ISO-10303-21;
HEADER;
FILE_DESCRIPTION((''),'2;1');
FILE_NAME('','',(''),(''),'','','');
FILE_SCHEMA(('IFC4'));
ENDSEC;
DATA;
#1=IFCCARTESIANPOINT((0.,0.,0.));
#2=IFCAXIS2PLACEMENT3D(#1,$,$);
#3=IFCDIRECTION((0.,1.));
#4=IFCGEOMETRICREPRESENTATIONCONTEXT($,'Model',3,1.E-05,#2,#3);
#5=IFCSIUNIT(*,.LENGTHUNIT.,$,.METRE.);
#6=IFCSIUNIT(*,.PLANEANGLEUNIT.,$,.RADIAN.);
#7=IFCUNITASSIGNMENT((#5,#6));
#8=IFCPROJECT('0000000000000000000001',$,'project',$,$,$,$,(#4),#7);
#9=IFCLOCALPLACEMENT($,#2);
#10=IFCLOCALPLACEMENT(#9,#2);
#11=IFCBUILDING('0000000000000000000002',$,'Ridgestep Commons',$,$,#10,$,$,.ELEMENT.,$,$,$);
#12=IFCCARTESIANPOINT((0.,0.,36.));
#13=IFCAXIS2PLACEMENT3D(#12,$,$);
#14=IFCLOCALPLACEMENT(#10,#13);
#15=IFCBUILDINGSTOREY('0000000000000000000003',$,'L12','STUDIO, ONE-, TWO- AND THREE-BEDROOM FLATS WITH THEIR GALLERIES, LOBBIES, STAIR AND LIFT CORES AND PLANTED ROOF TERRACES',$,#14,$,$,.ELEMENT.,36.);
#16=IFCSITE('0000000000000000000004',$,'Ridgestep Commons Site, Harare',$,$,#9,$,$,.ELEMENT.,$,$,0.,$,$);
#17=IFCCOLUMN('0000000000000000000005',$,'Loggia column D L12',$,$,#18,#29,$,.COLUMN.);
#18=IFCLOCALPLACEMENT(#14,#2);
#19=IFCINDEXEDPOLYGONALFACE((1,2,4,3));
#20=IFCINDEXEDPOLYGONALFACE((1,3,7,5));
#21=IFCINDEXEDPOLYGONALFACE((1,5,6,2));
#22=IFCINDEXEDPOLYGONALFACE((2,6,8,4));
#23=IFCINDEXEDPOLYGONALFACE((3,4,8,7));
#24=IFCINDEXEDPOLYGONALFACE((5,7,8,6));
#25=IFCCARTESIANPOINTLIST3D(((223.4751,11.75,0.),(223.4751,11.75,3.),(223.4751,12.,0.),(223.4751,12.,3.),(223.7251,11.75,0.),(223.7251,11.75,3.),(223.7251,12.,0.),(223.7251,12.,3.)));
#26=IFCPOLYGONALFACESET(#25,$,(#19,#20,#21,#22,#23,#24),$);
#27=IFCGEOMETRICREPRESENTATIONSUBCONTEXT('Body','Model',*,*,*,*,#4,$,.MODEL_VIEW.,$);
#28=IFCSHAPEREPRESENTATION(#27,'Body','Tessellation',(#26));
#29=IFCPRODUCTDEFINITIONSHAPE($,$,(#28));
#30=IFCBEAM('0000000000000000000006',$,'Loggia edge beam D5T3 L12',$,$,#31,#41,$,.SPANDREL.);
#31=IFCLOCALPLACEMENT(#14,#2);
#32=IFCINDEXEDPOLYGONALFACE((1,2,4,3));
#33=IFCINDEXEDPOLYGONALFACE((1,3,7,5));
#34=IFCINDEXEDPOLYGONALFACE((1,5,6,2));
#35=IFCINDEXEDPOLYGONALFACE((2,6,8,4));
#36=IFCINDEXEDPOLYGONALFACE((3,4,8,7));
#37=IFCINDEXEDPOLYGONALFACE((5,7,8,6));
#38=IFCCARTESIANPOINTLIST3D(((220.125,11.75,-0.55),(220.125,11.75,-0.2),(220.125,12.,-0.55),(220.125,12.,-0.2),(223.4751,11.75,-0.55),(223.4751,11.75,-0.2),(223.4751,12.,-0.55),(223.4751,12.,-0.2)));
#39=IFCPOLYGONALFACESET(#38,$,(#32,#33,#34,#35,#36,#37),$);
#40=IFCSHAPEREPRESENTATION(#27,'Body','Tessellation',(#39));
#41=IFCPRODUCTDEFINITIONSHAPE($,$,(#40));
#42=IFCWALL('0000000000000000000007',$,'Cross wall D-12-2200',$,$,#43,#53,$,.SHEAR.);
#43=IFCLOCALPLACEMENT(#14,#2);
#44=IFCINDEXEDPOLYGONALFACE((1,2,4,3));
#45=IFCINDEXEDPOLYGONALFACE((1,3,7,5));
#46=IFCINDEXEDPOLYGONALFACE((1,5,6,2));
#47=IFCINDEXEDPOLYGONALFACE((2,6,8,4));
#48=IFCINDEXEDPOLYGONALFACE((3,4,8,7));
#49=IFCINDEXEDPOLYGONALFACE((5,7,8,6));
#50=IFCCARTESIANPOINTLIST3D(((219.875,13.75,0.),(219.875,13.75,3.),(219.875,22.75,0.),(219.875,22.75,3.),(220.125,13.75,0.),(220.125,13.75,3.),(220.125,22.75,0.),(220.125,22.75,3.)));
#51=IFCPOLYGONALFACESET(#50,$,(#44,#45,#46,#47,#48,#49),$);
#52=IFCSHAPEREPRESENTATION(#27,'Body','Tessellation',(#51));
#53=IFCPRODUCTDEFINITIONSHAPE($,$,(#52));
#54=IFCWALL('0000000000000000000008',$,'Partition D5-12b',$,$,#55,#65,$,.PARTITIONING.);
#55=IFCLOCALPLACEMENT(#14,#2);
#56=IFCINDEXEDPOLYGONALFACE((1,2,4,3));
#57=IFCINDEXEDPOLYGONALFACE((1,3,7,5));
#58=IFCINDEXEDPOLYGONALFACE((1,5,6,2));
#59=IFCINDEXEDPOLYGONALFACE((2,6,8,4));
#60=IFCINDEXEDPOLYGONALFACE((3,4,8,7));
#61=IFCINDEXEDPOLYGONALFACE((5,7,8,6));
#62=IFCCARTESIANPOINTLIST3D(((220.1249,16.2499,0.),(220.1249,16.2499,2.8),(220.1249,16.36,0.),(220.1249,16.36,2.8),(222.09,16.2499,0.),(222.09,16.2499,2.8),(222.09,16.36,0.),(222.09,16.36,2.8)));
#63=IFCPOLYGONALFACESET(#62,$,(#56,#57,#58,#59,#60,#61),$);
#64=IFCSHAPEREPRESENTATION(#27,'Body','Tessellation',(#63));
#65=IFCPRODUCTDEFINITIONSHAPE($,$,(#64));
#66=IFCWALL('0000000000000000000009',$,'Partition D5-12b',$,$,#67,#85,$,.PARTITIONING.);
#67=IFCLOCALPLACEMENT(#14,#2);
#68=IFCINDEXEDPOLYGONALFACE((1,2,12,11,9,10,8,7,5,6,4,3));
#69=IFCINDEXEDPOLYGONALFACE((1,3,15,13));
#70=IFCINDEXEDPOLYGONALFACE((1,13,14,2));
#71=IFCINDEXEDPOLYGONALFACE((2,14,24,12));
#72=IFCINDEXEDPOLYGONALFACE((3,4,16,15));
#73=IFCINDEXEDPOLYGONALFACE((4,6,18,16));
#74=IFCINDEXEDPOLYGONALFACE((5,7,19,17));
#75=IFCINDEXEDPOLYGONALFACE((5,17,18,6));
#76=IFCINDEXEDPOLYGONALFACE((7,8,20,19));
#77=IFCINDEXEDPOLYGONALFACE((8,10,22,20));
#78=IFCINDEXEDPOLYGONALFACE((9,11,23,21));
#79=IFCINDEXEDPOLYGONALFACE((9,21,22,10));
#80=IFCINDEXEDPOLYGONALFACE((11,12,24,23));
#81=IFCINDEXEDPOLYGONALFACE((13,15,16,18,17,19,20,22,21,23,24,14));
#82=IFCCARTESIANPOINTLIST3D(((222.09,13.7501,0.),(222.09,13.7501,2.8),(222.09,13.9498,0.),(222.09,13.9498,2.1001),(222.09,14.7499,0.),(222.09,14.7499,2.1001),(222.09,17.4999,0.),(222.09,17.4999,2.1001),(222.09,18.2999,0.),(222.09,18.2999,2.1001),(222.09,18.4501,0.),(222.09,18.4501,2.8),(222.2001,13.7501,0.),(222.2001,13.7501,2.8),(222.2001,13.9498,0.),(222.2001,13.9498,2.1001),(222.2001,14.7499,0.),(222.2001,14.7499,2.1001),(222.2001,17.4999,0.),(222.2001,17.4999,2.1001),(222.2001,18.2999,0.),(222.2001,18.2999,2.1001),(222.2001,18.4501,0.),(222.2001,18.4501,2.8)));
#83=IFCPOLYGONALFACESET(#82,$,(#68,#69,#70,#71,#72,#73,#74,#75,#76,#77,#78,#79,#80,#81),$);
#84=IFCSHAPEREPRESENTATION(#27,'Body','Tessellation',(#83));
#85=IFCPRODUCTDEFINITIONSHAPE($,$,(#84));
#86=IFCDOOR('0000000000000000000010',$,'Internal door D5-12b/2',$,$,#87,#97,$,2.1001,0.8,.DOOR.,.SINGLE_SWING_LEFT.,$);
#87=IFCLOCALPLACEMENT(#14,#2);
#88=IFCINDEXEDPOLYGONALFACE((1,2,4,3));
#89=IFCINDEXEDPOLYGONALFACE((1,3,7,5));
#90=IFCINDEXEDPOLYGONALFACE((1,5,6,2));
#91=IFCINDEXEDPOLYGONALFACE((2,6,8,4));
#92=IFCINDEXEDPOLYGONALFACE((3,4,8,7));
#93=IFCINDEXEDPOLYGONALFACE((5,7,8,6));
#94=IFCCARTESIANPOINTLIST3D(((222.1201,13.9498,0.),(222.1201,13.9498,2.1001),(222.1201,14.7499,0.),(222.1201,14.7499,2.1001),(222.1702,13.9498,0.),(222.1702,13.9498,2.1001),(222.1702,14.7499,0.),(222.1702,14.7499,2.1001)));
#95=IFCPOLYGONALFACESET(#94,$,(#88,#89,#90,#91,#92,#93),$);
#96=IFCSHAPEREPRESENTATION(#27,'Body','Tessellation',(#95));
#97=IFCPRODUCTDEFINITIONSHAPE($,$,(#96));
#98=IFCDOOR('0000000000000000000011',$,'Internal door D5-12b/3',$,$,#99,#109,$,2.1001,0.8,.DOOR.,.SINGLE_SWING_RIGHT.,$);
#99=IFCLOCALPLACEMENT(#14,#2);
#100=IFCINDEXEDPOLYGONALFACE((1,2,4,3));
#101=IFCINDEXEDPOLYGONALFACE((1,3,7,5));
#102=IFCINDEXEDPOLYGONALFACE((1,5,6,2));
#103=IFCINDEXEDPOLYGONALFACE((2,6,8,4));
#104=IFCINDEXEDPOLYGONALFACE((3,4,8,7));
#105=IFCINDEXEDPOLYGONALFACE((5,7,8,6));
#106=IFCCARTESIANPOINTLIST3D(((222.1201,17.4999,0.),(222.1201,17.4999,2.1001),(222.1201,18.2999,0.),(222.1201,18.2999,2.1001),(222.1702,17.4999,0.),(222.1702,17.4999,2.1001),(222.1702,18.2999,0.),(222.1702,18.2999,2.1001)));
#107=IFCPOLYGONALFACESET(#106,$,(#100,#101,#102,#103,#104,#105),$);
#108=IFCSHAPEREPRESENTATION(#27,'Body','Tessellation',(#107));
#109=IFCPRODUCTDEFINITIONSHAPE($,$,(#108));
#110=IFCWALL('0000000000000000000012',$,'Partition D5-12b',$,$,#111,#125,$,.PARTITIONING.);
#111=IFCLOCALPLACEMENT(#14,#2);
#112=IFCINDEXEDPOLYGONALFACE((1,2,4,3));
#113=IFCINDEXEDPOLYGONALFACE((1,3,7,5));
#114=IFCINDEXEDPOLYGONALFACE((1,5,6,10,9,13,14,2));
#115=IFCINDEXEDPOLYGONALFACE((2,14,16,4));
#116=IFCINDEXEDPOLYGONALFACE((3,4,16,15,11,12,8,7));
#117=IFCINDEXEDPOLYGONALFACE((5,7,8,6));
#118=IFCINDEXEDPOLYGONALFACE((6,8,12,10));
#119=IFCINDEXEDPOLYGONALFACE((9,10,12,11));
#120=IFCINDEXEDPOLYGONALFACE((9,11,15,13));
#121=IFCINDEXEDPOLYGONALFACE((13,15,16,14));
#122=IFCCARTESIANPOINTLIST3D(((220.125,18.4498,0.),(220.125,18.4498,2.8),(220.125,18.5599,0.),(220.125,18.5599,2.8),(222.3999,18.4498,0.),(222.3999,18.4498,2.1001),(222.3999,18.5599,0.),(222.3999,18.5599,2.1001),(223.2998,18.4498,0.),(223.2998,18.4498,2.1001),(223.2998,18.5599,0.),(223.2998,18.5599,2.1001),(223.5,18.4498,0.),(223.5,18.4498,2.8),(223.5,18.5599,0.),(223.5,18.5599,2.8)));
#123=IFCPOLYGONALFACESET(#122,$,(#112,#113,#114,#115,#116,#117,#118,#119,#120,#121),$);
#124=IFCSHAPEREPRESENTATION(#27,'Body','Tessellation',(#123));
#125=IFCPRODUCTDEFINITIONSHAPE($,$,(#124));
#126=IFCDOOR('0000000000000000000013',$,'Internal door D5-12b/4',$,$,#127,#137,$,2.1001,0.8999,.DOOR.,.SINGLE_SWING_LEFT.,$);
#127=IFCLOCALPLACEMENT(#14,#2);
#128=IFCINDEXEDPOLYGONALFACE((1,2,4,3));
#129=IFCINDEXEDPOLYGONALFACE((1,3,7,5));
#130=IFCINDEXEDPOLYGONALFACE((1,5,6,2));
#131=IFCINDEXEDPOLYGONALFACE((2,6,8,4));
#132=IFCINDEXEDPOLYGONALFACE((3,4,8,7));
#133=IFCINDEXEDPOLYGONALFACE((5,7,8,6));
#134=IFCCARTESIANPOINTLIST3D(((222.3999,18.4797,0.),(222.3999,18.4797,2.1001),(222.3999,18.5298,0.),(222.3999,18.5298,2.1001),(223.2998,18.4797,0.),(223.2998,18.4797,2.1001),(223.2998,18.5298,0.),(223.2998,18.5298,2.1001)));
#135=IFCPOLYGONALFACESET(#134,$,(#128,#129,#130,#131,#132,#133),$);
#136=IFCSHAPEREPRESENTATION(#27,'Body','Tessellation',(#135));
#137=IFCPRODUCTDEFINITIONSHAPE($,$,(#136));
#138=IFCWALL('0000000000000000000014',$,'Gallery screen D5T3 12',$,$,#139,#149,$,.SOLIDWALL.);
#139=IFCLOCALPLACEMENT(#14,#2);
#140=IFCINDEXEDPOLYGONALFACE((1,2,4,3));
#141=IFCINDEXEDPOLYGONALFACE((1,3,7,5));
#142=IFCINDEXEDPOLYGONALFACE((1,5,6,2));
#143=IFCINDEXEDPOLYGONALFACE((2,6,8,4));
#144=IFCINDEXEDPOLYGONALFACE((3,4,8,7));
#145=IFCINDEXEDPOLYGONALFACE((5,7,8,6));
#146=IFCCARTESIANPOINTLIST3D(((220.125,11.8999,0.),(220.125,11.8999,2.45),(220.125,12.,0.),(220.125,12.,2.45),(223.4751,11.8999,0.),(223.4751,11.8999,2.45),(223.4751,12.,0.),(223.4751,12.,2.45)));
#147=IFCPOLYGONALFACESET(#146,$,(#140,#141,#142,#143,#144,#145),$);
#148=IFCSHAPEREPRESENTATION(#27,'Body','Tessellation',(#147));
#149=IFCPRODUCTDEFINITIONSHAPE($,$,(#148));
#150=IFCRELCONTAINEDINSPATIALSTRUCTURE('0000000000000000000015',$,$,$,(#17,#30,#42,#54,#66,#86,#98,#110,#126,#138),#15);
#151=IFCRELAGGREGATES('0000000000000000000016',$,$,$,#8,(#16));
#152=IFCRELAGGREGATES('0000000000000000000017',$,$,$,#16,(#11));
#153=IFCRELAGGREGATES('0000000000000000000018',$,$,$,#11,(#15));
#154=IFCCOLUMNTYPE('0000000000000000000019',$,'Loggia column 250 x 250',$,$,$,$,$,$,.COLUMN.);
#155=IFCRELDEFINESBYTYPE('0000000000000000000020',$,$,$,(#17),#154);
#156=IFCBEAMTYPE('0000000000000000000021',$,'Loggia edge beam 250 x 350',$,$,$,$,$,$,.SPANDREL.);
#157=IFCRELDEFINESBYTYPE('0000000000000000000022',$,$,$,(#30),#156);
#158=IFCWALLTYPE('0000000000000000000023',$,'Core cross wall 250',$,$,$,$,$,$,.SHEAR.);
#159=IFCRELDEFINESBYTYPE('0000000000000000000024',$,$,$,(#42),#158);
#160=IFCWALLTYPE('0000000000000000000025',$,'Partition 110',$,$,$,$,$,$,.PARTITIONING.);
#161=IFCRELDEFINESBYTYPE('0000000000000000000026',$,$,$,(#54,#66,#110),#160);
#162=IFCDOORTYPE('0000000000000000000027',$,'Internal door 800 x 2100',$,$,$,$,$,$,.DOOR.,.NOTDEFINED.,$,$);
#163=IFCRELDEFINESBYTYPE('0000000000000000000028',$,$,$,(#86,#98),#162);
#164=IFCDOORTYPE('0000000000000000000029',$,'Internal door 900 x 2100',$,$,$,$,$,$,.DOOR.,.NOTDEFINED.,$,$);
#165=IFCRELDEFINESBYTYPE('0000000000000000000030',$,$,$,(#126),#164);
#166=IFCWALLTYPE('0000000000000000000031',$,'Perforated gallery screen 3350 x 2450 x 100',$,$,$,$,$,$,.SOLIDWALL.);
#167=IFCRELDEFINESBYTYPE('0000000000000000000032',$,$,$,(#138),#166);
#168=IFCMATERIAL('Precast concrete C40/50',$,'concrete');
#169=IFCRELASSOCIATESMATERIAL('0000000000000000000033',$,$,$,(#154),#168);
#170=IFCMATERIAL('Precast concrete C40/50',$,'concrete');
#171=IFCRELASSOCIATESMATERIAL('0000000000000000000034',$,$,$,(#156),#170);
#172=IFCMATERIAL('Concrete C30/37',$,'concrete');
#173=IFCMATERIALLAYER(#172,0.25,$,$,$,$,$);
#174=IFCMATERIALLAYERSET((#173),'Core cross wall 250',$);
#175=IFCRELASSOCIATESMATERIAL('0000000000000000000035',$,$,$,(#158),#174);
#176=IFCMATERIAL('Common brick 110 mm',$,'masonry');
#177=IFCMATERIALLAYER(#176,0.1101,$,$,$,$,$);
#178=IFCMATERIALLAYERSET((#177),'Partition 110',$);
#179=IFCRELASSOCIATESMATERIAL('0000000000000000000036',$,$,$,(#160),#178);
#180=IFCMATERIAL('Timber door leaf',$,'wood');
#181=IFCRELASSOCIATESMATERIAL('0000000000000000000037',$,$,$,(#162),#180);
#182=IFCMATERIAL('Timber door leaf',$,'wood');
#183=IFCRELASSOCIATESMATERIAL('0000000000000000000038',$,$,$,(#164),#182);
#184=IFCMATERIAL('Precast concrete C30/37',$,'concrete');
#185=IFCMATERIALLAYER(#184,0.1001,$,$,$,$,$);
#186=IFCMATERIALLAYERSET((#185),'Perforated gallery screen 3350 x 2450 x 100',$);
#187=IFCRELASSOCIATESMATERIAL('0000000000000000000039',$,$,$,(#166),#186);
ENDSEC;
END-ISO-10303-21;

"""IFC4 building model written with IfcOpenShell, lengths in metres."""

from ifc_helpers import new_model, si_unit, direction, frame, frame_2d, origin, origin_2d, place, context, subcontext, project, spatial, rectangle, extrude, material, layer, layer_set, material_profile, profile_set, type_object, element, fill, save


model = new_model("IFC4")

# Units and contexts
model_context = context("Model", 3, precision=1e-05, world=origin(), true_north=direction((0.0, 1.0)))
body_context = subcontext(model_context, "Body", "Model", "MODEL_VIEW")
ifc_project = project(units=[si_unit("LENGTHUNIT", "METRE"), si_unit("PLANEANGLEUNIT", "RADIAN")], contexts=[model_context])

# Site, building, storey
site_placement = place(None, origin())
site = spatial("IfcSite", under=ifc_project, at=site_placement, Name="Ridgestep Commons Site, Harare", CompositionType="ELEMENT", RefElevation=0.0)
building_placement = place(site_placement, origin())
building = spatial("IfcBuilding", under=site, at=building_placement, Name="Ridgestep Commons", CompositionType="ELEMENT")
storey_placement = place(building_placement, frame((0.0, 0.0, 36.0)))
storey = spatial("IfcBuildingStorey", under=building, at=storey_placement, Name="L12", Description="STUDIO, ONE-, TWO- AND THREE-BEDROOM FLATS WITH THEIR GALLERIES, LOBBIES, STAIR AND LIFT CORES AND PLANTED ROOF TERRACES", CompositionType="ELEMENT", Elevation=36.0)

# Column
ifc_material_1 = material(Name="Precast concrete C40/50", Category="concrete")
ifc_material_profile_1 = material_profile(ifc_material_1, rectangle(XDim=0.25, YDim=0.25, at=origin_2d()), Name="PC 250x250")
ifc_profile_set_1 = profile_set([ifc_material_profile_1], Name="Precast concrete C40/50")
column_type = type_object("IfcColumnType", Name="Loggia column 250 x 250", PredefinedType="COLUMN", material=ifc_profile_set_1)
column_placement = place(storey_placement, frame((223.6001, 11.875, 0.0), z_axis=(0.0, 0.0, 1.0), x_axis=(1.0, 0.0, 0.0)))
element("IfcColumn", 1, at=column_placement, inside=storey, type_object=column_type, Name="Loggia column D L12", PredefinedType="COLUMN", context=body_context, shape_type="SweptSolid", body=[
    extrude(rectangle(XDim=0.25, YDim=0.25, at=origin_2d()), origin(), (0.0, 0.0, 1.0), 3.0),
])

# Beam
ifc_material_2 = material(Name="Precast concrete C40/50", Category="concrete")
ifc_material_profile_2 = material_profile(ifc_material_2, rectangle(XDim=0.25, YDim=0.3501, at=origin_2d()), Name="PC 250x350")
ifc_profile_set_2 = profile_set([ifc_material_profile_2], Name="Precast concrete C40/50")
beam_type = type_object("IfcBeamType", Name="Loggia edge beam 250 x 350", PredefinedType="SPANDREL", material=ifc_profile_set_2)
beam_placement = place(storey_placement, frame((220.125, 11.875, -0.375), z_axis=(1.0, 0.0, 0.0), x_axis=(0.0, 1.0, 0.0)))
element("IfcBeam", 2, at=beam_placement, inside=storey, type_object=beam_type, Name="Loggia edge beam D5T3 L12", PredefinedType="SPANDREL", context=body_context, shape_type="SweptSolid", body=[
    extrude(rectangle(XDim=0.25, YDim=0.3501, at=origin_2d()), origin(), (0.0, 0.0, 1.0), 3.3501),
])

# Walls
ifc_material_3 = material(Name="Concrete C30/37", Category="concrete")
ifc_layer_1 = layer(ifc_material_3, 0.25)
ifc_layer_set_1 = layer_set([ifc_layer_1], Name="Core cross wall 250")
wall_type_1 = type_object("IfcWallType", Name="Core cross wall 250", PredefinedType="SHEAR", material=ifc_layer_set_1)
wall_1_placement = place(storey_placement, frame((220.0, 13.75, 0.0), z_axis=(0.0, 0.0, 1.0), x_axis=(0.0, 1.0, 0.0)))
element("IfcWall", 3, at=wall_1_placement, inside=storey, type_object=wall_type_1, Name="Cross wall D-12-2200", PredefinedType="SHEAR", context=body_context, shape_type="SweptSolid", body=[
    extrude(rectangle(XDim=9.0, YDim=0.25, at=frame_2d((4.5, 0.0))), origin(), (0.0, 0.0, 1.0), 3.0),
])
ifc_material_4 = material(Name="Common brick 110 mm", Category="masonry")
ifc_layer_2 = layer(ifc_material_4, 0.1101)
ifc_layer_set_2 = layer_set([ifc_layer_2], Name="Partition 110")
wall_type_2 = type_object("IfcWallType", Name="Partition 110", PredefinedType="PARTITIONING", material=ifc_layer_set_2)
wall_2_placement = place(storey_placement, frame((220.125, 16.3049, 0.0), z_axis=(0.0, 0.0, 1.0), x_axis=(1.0, 0.0, 0.0)))
element("IfcWall", 4, at=wall_2_placement, inside=storey, type_object=wall_type_2, Name="Partition D5-12b", PredefinedType="PARTITIONING", context=body_context, shape_type="SweptSolid", body=[
    extrude(rectangle(XDim=1.9651, YDim=0.1101, at=frame_2d((0.9824, 0.0))), origin(), (0.0, 0.0, 1.0), 2.8),
])

# Wall, openings, doors
wall_3_placement = place(storey_placement, frame((222.145, 13.75, 0.0), z_axis=(0.0, 0.0, 1.0), x_axis=(0.0, 1.0, 0.0)))
wall_3 = element("IfcWall", 5, at=wall_3_placement, inside=storey, type_object=wall_type_2, Name="Partition D5-12b", PredefinedType="PARTITIONING", context=body_context, shape_type="SweptSolid", body=[
    extrude(rectangle(XDim=4.7, YDim=0.1101, at=frame_2d((2.3501, 0.0))), origin(), (0.0, 0.0, 1.0), 2.8),
])
opening_1_placement = place(wall_3_placement, frame((0.2, 0.0, 0.0)))
opening_1 = element("IfcOpeningElement", 6, at=opening_1_placement, cuts=wall_3, PredefinedType="OPENING", context=body_context, shape_type="SweptSolid", body=[
    extrude(rectangle(XDim=0.8, YDim=2.1001, at=frame_2d((0.3999, 1.05))), frame((0.0, 0.0649, 0.0), z_axis=(0.0, -1.0, 0.0), x_axis=(1.0, 0.0, 0.0)), (0.0, 0.0, 1.0), 0.1301),
])
opening_2_placement = place(wall_3_placement, frame((3.75, 0.0, 0.0)))
opening_2 = element("IfcOpeningElement", 7, at=opening_2_placement, cuts=wall_3, PredefinedType="OPENING", context=body_context, shape_type="SweptSolid", body=[
    extrude(rectangle(XDim=0.8, YDim=2.1001, at=frame_2d((0.3999, 1.05))), frame((0.0, 0.0649, 0.0), z_axis=(0.0, -1.0, 0.0), x_axis=(1.0, 0.0, 0.0)), (0.0, 0.0, 1.0), 0.1301),
])
ifc_material_5 = material(Name="Timber door leaf", Category="wood")
door_type_1 = type_object("IfcDoorType", Name="Internal door 800 x 2100", OperationType="NOTDEFINED", PredefinedType="DOOR", material=ifc_material_5)
door_1_placement = place(opening_1_placement, origin())
door_1 = element("IfcDoor", 8, at=door_1_placement, inside=storey, type_object=door_type_1, Name="Internal door D5-12b/2", OperationType="SINGLE_SWING_LEFT", OverallHeight=2.1001, OverallWidth=0.8, PredefinedType="DOOR", context=body_context, shape_type="SweptSolid", body=[
    extrude(rectangle(XDim=0.8, YDim=2.1001, at=frame_2d((0.3999, 1.05))), frame((0.0, 0.0249, 0.0), z_axis=(0.0, -1.0, 0.0), x_axis=(1.0, 0.0, 0.0)), (0.0, 0.0, 1.0), 0.05),
])
fill(opening_1, door_1)
door_2_placement = place(opening_2_placement, origin())
door_2 = element("IfcDoor", 9, at=door_2_placement, inside=storey, type_object=door_type_1, Name="Internal door D5-12b/3", OperationType="SINGLE_SWING_RIGHT", OverallHeight=2.1001, OverallWidth=0.8, PredefinedType="DOOR", context=body_context, shape_type="SweptSolid", body=[
    extrude(rectangle(XDim=0.8, YDim=2.1001, at=frame_2d((0.3999, 1.05))), frame((0.0, 0.0249, 0.0), z_axis=(0.0, -1.0, 0.0), x_axis=(1.0, 0.0, 0.0)), (0.0, 0.0, 1.0), 0.05),
])
fill(opening_2, door_2)

# Wall, opening, door
wall_4_placement = place(storey_placement, frame((220.125, 18.5049, 0.0), z_axis=(0.0, 0.0, 1.0), x_axis=(1.0, 0.0, 0.0)))
wall_4 = element("IfcWall", 10, at=wall_4_placement, inside=storey, type_object=wall_type_2, Name="Partition D5-12b", PredefinedType="PARTITIONING", context=body_context, shape_type="SweptSolid", body=[
    extrude(rectangle(XDim=3.375, YDim=0.1101, at=frame_2d((1.6875, 0.0))), origin(), (0.0, 0.0, 1.0), 2.8),
])
opening_3_placement = place(wall_4_placement, frame((2.2749, 0.0, 0.0)))
opening_3 = element("IfcOpeningElement", 11, at=opening_3_placement, cuts=wall_4, PredefinedType="OPENING", context=body_context, shape_type="SweptSolid", body=[
    extrude(rectangle(XDim=0.8999, YDim=2.1001, at=frame_2d((0.45, 1.05))), frame((0.0, 0.0649, 0.0), z_axis=(0.0, -1.0, 0.0), x_axis=(1.0, 0.0, 0.0)), (0.0, 0.0, 1.0), 0.1301),
])
ifc_material_6 = material(Name="Timber door leaf", Category="wood")
door_type_2 = type_object("IfcDoorType", Name="Internal door 900 x 2100", OperationType="NOTDEFINED", PredefinedType="DOOR", material=ifc_material_6)
door_3_placement = place(opening_3_placement, origin())
door_3 = element("IfcDoor", 12, at=door_3_placement, inside=storey, type_object=door_type_2, Name="Internal door D5-12b/4", OperationType="SINGLE_SWING_LEFT", OverallHeight=2.1001, OverallWidth=0.8999, PredefinedType="DOOR", context=body_context, shape_type="SweptSolid", body=[
    extrude(rectangle(XDim=0.8999, YDim=2.1001, at=frame_2d((0.45, 1.05))), frame((0.0, 0.0249, 0.0), z_axis=(0.0, -1.0, 0.0), x_axis=(1.0, 0.0, 0.0)), (0.0, 0.0, 1.0), 0.05),
])
fill(opening_3, door_3)

# Wall
ifc_material_7 = material(Name="Precast concrete C30/37", Category="concrete")
ifc_layer_3 = layer(ifc_material_7, 0.1001)
ifc_layer_set_3 = layer_set([ifc_layer_3], Name="Perforated gallery screen 3350 x 2450 x 100")
wall_type_3 = type_object("IfcWallType", Name="Perforated gallery screen 3350 x 2450 x 100", PredefinedType="SOLIDWALL", material=ifc_layer_set_3)
wall_5_placement = place(storey_placement, frame((220.125, 11.95, 0.0), z_axis=(0.0, 0.0, 1.0), x_axis=(1.0, 0.0, 0.0)))
element("IfcWall", 13, at=wall_5_placement, inside=storey, type_object=wall_type_3, Name="Gallery screen D5T3 12", PredefinedType="SOLIDWALL", context=body_context, shape_type="SweptSolid", body=[
    extrude(rectangle(XDim=3.3501, YDim=0.1001, at=frame_2d((1.675, 0.0))), origin(), (0.0, 0.0, 1.0), 2.45),
])

save(model, "model.ifc")
